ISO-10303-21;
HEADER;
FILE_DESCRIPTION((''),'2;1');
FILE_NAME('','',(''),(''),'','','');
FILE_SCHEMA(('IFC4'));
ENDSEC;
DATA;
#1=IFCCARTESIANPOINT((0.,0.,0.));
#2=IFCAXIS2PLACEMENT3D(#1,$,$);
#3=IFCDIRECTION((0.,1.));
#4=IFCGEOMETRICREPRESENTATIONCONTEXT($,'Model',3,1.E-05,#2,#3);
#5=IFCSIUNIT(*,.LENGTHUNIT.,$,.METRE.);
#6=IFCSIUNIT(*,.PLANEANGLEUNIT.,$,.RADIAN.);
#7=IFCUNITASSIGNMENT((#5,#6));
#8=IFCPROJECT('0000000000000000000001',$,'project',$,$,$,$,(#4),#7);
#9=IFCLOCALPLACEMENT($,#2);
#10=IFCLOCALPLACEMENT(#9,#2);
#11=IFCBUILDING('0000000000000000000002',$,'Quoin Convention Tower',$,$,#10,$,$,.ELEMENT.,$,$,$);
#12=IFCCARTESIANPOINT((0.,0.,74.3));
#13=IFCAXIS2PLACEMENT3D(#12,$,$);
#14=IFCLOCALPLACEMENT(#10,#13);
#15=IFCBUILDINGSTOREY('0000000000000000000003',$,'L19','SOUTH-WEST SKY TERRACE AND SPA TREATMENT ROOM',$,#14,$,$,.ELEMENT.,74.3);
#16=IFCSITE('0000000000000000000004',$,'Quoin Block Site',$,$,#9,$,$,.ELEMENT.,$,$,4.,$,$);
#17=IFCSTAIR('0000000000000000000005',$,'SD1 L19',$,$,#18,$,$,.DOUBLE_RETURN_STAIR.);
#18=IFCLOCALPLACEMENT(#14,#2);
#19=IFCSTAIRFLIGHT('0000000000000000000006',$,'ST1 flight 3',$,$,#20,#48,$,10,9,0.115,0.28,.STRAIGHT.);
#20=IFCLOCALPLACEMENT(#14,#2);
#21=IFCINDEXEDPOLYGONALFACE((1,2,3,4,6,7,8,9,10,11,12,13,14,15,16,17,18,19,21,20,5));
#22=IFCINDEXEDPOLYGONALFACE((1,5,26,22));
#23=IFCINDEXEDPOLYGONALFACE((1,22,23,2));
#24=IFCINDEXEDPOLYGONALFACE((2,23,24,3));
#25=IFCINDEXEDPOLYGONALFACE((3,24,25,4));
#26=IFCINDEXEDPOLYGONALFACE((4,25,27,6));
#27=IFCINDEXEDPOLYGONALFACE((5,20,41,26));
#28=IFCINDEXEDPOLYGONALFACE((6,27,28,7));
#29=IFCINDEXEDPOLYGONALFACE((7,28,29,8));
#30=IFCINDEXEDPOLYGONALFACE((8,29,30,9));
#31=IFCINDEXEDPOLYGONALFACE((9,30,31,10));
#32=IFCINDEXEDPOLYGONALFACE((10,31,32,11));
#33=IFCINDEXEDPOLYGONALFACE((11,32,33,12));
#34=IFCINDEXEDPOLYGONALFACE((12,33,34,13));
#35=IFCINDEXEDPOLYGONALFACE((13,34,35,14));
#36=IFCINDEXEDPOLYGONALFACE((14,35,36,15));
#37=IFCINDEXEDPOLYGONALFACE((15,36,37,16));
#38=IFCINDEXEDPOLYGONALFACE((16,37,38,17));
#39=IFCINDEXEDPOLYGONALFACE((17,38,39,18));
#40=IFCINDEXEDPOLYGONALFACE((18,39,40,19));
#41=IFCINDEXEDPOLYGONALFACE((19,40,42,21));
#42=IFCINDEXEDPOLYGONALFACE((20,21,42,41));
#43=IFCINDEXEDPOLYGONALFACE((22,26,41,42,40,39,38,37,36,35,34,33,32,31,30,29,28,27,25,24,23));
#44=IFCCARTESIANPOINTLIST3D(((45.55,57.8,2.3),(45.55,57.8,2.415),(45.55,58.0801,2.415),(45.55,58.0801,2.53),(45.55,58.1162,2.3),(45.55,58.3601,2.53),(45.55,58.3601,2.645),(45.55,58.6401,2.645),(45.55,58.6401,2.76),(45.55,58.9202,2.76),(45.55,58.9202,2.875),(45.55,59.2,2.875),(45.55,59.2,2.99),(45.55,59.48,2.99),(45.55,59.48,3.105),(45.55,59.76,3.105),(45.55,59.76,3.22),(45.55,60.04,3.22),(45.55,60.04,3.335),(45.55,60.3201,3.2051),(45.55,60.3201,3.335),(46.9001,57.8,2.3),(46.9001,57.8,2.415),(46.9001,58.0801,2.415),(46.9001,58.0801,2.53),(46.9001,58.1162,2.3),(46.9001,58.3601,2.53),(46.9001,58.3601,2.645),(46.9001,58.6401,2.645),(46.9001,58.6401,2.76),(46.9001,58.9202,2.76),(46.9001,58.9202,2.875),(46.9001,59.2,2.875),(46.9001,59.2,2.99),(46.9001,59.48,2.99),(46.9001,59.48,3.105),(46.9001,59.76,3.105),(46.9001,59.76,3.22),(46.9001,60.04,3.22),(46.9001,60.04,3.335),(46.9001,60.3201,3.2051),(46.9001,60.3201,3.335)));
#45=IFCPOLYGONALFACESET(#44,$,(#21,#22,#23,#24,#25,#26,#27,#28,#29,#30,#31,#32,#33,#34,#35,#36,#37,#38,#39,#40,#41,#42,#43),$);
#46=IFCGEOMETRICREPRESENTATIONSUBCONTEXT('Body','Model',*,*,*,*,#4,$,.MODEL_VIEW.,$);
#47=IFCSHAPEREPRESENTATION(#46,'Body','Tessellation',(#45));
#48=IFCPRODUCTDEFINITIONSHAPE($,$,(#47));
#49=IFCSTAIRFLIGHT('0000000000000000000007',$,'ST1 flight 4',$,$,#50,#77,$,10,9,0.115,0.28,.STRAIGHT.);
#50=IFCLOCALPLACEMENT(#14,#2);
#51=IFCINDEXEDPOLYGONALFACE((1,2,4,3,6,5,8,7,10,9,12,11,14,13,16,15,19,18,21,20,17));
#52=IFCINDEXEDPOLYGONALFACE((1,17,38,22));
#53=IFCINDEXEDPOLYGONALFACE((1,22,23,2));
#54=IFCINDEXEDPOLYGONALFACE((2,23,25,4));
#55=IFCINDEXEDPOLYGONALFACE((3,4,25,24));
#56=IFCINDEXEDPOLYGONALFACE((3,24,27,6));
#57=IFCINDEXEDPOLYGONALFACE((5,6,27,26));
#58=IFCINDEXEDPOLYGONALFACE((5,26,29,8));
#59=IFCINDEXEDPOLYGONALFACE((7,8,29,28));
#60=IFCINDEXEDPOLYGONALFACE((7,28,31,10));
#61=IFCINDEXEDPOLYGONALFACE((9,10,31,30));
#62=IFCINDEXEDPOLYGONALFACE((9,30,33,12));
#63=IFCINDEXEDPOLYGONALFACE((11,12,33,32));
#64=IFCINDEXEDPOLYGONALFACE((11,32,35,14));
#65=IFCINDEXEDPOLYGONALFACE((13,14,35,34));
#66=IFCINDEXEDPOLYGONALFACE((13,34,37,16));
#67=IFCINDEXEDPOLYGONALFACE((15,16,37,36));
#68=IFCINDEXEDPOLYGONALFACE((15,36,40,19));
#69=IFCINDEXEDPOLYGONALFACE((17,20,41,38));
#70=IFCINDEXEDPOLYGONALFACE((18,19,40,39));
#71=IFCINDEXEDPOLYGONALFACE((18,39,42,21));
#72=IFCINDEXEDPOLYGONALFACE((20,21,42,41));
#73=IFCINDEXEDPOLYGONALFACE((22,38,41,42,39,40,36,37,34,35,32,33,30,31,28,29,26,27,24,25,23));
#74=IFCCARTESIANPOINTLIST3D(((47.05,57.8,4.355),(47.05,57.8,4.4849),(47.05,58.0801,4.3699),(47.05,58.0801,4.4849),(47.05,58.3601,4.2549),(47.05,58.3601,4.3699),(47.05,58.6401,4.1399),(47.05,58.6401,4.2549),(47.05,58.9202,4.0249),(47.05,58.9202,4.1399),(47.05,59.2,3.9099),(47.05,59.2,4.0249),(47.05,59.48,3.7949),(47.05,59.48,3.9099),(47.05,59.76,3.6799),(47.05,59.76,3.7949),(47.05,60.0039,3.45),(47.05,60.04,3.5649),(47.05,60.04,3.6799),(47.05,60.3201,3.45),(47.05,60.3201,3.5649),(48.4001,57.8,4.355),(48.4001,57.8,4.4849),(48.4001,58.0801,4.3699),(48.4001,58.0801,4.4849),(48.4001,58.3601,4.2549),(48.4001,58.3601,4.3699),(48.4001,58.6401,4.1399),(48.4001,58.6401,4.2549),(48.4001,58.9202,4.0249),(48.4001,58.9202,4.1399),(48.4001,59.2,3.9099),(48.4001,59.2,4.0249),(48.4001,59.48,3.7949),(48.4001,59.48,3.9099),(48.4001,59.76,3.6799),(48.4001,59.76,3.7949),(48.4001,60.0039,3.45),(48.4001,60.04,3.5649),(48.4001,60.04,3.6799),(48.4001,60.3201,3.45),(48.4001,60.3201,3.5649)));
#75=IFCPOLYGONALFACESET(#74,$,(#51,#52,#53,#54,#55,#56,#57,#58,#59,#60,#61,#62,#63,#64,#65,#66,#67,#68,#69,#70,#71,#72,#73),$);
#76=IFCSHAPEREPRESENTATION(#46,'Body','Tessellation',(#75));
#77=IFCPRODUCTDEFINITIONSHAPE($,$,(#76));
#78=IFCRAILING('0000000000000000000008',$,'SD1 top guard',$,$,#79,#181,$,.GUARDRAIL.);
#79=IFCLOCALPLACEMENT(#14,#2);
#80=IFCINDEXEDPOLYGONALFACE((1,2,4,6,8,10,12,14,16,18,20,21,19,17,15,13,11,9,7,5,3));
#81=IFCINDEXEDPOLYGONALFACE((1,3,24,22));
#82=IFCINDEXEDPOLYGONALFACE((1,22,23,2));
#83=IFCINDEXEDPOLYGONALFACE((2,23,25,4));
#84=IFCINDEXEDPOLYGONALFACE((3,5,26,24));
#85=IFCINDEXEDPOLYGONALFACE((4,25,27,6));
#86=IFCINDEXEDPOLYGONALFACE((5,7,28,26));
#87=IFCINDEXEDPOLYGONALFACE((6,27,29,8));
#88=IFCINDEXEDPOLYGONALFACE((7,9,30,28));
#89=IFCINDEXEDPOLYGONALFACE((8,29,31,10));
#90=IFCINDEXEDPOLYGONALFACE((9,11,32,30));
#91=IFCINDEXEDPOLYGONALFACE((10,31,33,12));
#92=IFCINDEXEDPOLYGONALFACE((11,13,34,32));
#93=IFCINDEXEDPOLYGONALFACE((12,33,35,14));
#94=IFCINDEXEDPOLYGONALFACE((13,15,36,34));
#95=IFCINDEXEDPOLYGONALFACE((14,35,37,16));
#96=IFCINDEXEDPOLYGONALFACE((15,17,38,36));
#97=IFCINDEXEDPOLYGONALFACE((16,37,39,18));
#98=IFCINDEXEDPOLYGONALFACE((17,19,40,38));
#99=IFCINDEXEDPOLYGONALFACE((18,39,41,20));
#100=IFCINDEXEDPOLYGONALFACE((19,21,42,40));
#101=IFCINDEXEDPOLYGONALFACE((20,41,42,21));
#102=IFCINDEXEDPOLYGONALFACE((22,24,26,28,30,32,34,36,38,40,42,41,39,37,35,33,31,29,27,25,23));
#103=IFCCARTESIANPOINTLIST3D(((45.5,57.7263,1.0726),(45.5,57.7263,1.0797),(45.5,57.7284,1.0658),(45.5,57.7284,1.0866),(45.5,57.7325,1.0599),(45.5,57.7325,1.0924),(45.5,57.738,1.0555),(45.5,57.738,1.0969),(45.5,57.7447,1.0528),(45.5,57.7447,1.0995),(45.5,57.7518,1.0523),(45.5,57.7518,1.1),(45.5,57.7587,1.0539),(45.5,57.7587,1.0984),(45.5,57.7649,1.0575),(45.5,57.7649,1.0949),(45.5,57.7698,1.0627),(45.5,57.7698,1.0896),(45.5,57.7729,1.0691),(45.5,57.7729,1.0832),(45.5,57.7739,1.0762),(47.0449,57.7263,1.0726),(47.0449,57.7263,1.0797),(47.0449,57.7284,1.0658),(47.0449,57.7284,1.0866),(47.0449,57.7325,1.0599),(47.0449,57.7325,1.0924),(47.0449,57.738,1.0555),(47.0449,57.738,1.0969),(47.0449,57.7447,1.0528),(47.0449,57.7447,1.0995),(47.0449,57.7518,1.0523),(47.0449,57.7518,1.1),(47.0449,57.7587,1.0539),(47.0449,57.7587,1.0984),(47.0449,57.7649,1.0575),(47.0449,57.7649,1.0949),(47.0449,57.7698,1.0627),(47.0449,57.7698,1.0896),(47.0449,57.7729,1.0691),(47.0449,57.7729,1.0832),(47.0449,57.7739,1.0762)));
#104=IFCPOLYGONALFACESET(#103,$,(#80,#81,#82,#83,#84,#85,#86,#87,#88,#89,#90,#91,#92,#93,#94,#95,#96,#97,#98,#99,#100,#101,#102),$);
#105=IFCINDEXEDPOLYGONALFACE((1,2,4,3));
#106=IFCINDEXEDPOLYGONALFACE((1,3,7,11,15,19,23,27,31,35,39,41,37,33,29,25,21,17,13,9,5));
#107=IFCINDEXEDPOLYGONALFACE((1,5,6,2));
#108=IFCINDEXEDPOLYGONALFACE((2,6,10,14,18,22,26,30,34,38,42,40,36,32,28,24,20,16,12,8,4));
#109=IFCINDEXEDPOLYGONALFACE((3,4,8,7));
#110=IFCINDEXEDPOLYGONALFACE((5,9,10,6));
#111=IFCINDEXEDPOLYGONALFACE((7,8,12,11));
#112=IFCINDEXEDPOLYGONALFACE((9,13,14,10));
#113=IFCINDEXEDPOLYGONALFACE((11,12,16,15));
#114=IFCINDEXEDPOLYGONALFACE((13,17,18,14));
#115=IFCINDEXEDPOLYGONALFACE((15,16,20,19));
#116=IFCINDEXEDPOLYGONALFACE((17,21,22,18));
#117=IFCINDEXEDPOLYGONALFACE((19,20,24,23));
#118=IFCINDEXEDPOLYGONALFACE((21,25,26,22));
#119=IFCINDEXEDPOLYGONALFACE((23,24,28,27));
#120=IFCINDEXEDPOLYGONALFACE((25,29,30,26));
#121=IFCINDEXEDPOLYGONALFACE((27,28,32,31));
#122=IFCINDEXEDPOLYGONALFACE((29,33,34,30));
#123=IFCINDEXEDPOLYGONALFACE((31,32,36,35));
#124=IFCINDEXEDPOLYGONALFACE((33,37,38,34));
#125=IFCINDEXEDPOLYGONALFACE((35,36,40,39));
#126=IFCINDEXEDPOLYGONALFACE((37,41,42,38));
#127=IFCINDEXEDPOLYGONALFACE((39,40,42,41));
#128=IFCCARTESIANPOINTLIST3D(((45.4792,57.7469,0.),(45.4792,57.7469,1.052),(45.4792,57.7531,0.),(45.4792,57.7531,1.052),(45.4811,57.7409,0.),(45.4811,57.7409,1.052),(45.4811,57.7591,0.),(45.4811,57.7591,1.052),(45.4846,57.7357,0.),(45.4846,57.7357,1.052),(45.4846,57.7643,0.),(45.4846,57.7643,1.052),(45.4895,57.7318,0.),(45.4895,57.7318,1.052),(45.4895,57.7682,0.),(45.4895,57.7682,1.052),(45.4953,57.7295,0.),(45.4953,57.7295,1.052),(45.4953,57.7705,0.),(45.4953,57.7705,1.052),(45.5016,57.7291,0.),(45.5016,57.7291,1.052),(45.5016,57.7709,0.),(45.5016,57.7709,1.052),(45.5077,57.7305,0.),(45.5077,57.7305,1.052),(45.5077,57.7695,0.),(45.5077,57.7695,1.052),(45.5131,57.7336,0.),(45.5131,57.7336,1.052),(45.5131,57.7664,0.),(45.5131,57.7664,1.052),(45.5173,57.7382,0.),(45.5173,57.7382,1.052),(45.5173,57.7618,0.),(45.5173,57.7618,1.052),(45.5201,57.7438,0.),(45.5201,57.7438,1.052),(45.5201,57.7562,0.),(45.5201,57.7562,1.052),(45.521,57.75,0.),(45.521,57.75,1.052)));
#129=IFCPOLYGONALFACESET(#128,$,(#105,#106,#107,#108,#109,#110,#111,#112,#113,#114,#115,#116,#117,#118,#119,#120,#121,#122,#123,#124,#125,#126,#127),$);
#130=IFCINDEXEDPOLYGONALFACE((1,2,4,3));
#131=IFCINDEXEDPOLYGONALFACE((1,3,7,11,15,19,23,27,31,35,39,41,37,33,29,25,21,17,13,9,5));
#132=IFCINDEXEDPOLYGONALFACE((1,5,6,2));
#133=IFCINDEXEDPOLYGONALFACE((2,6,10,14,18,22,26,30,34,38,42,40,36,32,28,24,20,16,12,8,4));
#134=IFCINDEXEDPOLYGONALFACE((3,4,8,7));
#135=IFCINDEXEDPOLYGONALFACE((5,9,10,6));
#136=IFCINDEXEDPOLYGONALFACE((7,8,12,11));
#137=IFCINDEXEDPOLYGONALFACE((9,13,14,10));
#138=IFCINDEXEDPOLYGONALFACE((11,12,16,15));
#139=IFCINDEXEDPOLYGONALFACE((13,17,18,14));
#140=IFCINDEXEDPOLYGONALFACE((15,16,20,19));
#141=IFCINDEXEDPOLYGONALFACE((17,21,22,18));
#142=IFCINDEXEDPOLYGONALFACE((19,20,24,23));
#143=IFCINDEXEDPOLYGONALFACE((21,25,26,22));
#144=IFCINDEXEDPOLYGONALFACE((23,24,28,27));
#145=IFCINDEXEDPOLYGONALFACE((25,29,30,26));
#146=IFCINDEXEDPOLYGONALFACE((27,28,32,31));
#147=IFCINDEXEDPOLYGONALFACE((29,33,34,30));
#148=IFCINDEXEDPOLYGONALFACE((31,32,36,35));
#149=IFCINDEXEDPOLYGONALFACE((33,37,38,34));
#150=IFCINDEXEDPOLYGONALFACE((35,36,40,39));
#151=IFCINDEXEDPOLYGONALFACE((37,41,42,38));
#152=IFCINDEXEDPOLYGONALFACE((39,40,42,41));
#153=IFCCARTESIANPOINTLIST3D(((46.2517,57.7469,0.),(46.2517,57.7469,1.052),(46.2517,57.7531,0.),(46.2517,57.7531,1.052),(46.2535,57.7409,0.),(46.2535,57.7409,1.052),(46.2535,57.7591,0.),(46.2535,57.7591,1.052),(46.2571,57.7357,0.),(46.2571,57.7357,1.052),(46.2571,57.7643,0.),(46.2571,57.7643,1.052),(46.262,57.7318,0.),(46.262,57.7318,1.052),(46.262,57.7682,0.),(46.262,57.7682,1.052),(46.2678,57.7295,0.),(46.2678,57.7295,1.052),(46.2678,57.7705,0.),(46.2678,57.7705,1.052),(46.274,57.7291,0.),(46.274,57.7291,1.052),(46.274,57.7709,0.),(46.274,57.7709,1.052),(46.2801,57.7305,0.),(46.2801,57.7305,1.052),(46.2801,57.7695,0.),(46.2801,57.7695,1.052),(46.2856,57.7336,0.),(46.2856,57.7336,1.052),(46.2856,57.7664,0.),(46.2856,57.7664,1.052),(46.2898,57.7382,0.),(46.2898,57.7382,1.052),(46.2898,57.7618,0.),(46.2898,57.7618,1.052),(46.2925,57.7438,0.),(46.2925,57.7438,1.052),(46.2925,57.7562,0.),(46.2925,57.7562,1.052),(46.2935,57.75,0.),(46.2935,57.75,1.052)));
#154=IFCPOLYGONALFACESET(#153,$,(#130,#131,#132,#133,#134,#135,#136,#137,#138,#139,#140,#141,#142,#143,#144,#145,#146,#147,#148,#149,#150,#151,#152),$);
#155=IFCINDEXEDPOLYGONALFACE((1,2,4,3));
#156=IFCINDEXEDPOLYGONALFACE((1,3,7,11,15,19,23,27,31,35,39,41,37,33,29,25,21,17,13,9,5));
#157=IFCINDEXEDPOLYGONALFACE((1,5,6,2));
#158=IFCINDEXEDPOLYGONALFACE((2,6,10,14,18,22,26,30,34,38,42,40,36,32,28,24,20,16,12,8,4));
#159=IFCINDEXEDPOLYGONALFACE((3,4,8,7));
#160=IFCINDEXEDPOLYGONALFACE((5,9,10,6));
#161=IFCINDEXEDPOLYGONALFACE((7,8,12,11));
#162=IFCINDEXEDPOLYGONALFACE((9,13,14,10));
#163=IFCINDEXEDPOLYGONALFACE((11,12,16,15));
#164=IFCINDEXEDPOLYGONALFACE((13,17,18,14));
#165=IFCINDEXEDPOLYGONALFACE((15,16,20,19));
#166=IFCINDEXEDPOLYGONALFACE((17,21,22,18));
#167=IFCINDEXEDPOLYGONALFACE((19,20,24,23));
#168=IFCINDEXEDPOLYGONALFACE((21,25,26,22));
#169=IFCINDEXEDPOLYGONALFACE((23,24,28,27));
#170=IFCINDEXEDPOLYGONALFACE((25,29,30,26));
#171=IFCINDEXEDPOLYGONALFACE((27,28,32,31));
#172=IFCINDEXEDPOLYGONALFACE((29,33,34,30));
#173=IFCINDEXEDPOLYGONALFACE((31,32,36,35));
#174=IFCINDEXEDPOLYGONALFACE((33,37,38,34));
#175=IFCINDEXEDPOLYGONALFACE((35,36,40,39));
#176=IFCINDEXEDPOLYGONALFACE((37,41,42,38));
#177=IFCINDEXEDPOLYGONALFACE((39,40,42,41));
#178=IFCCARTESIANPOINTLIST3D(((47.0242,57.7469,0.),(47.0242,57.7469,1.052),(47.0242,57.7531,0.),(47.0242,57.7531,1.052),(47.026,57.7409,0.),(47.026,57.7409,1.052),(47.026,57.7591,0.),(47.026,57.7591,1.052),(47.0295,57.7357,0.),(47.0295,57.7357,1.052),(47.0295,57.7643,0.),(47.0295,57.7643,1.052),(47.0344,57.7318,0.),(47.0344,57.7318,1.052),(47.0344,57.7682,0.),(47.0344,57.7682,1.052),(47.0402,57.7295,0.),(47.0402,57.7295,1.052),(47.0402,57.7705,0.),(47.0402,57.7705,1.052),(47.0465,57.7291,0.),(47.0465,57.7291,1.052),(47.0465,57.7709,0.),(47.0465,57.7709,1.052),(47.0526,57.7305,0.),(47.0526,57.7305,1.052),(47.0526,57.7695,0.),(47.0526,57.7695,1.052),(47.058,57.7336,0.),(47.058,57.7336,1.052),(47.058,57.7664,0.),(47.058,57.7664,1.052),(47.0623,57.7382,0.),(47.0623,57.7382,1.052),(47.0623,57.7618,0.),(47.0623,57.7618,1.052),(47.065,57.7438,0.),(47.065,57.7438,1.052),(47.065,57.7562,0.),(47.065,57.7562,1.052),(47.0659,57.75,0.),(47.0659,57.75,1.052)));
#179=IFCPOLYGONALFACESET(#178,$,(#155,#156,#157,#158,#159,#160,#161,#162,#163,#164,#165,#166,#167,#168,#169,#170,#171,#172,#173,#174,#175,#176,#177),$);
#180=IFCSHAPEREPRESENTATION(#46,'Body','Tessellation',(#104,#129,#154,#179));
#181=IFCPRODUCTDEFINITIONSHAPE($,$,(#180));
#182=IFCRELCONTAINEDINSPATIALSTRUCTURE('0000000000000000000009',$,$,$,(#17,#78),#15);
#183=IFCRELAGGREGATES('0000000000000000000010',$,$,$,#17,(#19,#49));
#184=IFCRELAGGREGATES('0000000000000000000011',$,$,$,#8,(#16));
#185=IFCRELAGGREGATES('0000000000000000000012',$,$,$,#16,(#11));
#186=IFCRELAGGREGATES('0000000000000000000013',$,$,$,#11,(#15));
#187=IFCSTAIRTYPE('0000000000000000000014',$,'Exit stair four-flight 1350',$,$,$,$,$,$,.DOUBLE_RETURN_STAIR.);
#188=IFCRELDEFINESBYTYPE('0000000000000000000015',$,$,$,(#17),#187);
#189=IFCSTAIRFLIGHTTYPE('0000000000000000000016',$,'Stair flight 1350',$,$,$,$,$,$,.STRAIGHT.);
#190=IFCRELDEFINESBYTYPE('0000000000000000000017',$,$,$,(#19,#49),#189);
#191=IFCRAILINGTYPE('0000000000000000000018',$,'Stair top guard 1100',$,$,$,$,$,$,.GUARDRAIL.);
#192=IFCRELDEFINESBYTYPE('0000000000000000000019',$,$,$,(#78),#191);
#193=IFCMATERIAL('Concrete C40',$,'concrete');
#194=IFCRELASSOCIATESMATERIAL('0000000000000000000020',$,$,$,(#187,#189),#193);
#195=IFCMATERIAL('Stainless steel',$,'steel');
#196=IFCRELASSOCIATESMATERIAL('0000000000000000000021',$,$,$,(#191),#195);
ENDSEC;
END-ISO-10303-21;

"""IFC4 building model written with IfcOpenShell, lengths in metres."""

from ifc_helpers import new_model, si_unit, direction, frame, origin, origin_2d, place, context, subcontext, project, spatial, polyline, circle, outline, extrude, material, type_object, element, aggregate, save


model = new_model("IFC4")

# Units and contexts
model_context = context("Model", 3, precision=1e-05, world=origin(), true_north=direction((0.0, 1.0)))
body_context = subcontext(model_context, "Body", "Model", "MODEL_VIEW")
ifc_project = project(units=[si_unit("LENGTHUNIT", "METRE"), si_unit("PLANEANGLEUNIT", "RADIAN")], contexts=[model_context])

# Site, building, storey
site_placement = place(None, origin())
site = spatial("IfcSite", under=ifc_project, at=site_placement, Name="Quoin Block Site", CompositionType="ELEMENT", RefElevation=4.0)
building_placement = place(site_placement, origin())
building = spatial("IfcBuilding", under=site, at=building_placement, Name="Quoin Convention Tower", CompositionType="ELEMENT")
storey_placement = place(building_placement, frame((0.0, 0.0, 74.3)))
storey = spatial("IfcBuildingStorey", under=building, at=storey_placement, Name="L19", Description="SOUTH-WEST SKY TERRACE AND SPA TREATMENT ROOM", CompositionType="ELEMENT", Elevation=74.3)

# Stair, stair flights
ifc_material_1 = material(Name="Concrete C40", Category="concrete")
stair_type = type_object("IfcStairType", Name="Exit stair four-flight 1350", PredefinedType="DOUBLE_RETURN_STAIR", material=ifc_material_1)
stair_placement = place(storey_placement, origin())
stair = element("IfcStair", 1, at=stair_placement, inside=storey, type_object=stair_type, Name="SD1 L19", PredefinedType="DOUBLE_RETURN_STAIR")
stair_flight_type = type_object("IfcStairFlightType", Name="Stair flight 1350", PredefinedType="STRAIGHT", material=ifc_material_1)
stair_flight_1_placement = place(storey_placement, frame((46.2251, 57.8, 2.3), z_axis=(0.0, 0.0, 1.0), x_axis=(0.0, 1.0, 0.0)))
stair_flight_1 = element("IfcStairFlight", 2, at=stair_flight_1_placement, type_object=stair_flight_type, Name="ST1 flight 3", NumberOfRisers=10, NumberOfTreads=9, PredefinedType="STRAIGHT", RiserHeight=0.115, TreadLength=0.28, context=body_context, shape_type="SweptSolid", body=[
    extrude(outline(polyline([(0.0, 0.0), (0.0, 0.115), (0.28, 0.115), (0.28, 0.23), (0.5601, 0.23), (0.5601, 0.345), (0.8401, 0.345), (0.8401, 0.46), (1.1201, 0.46), (1.1201, 0.575), (1.3999, 0.575), (1.3999, 0.6899), (1.6799, 0.6899), (1.6799, 0.8049), (1.96, 0.8049), (1.96, 0.9199), (2.24, 0.9199), (2.24, 1.0349), (2.52, 1.0349), (2.52, 1.1499), (2.52, 0.905), (0.3162, 0.0), (0.0, 0.0)])), frame((0.0, 0.675, 0.0), z_axis=(0.0, -1.0, 0.0), x_axis=(1.0, 0.0, 0.0)), (0.0, 0.0, 1.0), 1.3501),
])
stair_flight_2_placement = place(storey_placement, frame((47.7251, 60.3201, 3.45), z_axis=(0.0, 0.0, 1.0), x_axis=(0.0, -1.0, 0.0)))
stair_flight_2 = element("IfcStairFlight", 3, at=stair_flight_2_placement, type_object=stair_flight_type, Name="ST1 flight 4", NumberOfRisers=10, NumberOfTreads=9, PredefinedType="STRAIGHT", RiserHeight=0.115, TreadLength=0.28, context=body_context, shape_type="SweptSolid", body=[
    extrude(outline(polyline([(0.0, 0.0), (0.0, 0.115), (0.28, 0.115), (0.28, 0.23), (0.5601, 0.23), (0.5601, 0.345), (0.8401, 0.345), (0.8401, 0.46), (1.1201, 0.46), (1.1201, 0.575), (1.3999, 0.575), (1.3999, 0.6899), (1.6799, 0.6899), (1.6799, 0.8049), (1.96, 0.8049), (1.96, 0.9199), (2.24, 0.9199), (2.24, 1.0349), (2.52, 1.0349), (2.52, 1.1499), (2.52, 0.905), (0.3162, 0.0), (0.0, 0.0)])), frame((0.0, 0.675, 0.0), z_axis=(0.0, -1.0, 0.0), x_axis=(1.0, 0.0, 0.0)), (0.0, 0.0, 1.0), 1.3501),
])
aggregate(stair, [stair_flight_1, stair_flight_2])

# Railing
ifc_material_2 = material(Name="Stainless steel", Category="steel")
railing_type_1 = type_object("IfcRailingType", Name="Stair top guard 1100", PredefinedType="GUARDRAIL", material=ifc_material_2)
railing_1_placement = place(storey_placement, frame((45.5, 57.75, 0.0)))
element("IfcRailing", 4, at=railing_1_placement, inside=storey, type_object=railing_type_1, Name="SD1 top guard", PredefinedType="GUARDRAIL", context=body_context, shape_type="SweptSolid", body=[
    extrude(circle(Radius=0.0239, at=origin_2d()), frame((0.0, 0.0, 1.0762), z_axis=(1.0, 0.0, 0.0), x_axis=(0.0, 1.0, 0.0)), (0.0, 0.0, 1.0), 1.5449),
    extrude(circle(Radius=0.021, at=origin_2d()), origin(), (0.0, 0.0, 1.0), 1.052),
    extrude(circle(Radius=0.021, at=origin_2d()), frame((0.7725, 0.0, 0.0)), (0.0, 0.0, 1.0), 1.052),
    extrude(circle(Radius=0.021, at=origin_2d()), frame((1.5449, 0.0, 0.0)), (0.0, 0.0, 1.0), 1.052),
])

save(model, "model.ifc")
